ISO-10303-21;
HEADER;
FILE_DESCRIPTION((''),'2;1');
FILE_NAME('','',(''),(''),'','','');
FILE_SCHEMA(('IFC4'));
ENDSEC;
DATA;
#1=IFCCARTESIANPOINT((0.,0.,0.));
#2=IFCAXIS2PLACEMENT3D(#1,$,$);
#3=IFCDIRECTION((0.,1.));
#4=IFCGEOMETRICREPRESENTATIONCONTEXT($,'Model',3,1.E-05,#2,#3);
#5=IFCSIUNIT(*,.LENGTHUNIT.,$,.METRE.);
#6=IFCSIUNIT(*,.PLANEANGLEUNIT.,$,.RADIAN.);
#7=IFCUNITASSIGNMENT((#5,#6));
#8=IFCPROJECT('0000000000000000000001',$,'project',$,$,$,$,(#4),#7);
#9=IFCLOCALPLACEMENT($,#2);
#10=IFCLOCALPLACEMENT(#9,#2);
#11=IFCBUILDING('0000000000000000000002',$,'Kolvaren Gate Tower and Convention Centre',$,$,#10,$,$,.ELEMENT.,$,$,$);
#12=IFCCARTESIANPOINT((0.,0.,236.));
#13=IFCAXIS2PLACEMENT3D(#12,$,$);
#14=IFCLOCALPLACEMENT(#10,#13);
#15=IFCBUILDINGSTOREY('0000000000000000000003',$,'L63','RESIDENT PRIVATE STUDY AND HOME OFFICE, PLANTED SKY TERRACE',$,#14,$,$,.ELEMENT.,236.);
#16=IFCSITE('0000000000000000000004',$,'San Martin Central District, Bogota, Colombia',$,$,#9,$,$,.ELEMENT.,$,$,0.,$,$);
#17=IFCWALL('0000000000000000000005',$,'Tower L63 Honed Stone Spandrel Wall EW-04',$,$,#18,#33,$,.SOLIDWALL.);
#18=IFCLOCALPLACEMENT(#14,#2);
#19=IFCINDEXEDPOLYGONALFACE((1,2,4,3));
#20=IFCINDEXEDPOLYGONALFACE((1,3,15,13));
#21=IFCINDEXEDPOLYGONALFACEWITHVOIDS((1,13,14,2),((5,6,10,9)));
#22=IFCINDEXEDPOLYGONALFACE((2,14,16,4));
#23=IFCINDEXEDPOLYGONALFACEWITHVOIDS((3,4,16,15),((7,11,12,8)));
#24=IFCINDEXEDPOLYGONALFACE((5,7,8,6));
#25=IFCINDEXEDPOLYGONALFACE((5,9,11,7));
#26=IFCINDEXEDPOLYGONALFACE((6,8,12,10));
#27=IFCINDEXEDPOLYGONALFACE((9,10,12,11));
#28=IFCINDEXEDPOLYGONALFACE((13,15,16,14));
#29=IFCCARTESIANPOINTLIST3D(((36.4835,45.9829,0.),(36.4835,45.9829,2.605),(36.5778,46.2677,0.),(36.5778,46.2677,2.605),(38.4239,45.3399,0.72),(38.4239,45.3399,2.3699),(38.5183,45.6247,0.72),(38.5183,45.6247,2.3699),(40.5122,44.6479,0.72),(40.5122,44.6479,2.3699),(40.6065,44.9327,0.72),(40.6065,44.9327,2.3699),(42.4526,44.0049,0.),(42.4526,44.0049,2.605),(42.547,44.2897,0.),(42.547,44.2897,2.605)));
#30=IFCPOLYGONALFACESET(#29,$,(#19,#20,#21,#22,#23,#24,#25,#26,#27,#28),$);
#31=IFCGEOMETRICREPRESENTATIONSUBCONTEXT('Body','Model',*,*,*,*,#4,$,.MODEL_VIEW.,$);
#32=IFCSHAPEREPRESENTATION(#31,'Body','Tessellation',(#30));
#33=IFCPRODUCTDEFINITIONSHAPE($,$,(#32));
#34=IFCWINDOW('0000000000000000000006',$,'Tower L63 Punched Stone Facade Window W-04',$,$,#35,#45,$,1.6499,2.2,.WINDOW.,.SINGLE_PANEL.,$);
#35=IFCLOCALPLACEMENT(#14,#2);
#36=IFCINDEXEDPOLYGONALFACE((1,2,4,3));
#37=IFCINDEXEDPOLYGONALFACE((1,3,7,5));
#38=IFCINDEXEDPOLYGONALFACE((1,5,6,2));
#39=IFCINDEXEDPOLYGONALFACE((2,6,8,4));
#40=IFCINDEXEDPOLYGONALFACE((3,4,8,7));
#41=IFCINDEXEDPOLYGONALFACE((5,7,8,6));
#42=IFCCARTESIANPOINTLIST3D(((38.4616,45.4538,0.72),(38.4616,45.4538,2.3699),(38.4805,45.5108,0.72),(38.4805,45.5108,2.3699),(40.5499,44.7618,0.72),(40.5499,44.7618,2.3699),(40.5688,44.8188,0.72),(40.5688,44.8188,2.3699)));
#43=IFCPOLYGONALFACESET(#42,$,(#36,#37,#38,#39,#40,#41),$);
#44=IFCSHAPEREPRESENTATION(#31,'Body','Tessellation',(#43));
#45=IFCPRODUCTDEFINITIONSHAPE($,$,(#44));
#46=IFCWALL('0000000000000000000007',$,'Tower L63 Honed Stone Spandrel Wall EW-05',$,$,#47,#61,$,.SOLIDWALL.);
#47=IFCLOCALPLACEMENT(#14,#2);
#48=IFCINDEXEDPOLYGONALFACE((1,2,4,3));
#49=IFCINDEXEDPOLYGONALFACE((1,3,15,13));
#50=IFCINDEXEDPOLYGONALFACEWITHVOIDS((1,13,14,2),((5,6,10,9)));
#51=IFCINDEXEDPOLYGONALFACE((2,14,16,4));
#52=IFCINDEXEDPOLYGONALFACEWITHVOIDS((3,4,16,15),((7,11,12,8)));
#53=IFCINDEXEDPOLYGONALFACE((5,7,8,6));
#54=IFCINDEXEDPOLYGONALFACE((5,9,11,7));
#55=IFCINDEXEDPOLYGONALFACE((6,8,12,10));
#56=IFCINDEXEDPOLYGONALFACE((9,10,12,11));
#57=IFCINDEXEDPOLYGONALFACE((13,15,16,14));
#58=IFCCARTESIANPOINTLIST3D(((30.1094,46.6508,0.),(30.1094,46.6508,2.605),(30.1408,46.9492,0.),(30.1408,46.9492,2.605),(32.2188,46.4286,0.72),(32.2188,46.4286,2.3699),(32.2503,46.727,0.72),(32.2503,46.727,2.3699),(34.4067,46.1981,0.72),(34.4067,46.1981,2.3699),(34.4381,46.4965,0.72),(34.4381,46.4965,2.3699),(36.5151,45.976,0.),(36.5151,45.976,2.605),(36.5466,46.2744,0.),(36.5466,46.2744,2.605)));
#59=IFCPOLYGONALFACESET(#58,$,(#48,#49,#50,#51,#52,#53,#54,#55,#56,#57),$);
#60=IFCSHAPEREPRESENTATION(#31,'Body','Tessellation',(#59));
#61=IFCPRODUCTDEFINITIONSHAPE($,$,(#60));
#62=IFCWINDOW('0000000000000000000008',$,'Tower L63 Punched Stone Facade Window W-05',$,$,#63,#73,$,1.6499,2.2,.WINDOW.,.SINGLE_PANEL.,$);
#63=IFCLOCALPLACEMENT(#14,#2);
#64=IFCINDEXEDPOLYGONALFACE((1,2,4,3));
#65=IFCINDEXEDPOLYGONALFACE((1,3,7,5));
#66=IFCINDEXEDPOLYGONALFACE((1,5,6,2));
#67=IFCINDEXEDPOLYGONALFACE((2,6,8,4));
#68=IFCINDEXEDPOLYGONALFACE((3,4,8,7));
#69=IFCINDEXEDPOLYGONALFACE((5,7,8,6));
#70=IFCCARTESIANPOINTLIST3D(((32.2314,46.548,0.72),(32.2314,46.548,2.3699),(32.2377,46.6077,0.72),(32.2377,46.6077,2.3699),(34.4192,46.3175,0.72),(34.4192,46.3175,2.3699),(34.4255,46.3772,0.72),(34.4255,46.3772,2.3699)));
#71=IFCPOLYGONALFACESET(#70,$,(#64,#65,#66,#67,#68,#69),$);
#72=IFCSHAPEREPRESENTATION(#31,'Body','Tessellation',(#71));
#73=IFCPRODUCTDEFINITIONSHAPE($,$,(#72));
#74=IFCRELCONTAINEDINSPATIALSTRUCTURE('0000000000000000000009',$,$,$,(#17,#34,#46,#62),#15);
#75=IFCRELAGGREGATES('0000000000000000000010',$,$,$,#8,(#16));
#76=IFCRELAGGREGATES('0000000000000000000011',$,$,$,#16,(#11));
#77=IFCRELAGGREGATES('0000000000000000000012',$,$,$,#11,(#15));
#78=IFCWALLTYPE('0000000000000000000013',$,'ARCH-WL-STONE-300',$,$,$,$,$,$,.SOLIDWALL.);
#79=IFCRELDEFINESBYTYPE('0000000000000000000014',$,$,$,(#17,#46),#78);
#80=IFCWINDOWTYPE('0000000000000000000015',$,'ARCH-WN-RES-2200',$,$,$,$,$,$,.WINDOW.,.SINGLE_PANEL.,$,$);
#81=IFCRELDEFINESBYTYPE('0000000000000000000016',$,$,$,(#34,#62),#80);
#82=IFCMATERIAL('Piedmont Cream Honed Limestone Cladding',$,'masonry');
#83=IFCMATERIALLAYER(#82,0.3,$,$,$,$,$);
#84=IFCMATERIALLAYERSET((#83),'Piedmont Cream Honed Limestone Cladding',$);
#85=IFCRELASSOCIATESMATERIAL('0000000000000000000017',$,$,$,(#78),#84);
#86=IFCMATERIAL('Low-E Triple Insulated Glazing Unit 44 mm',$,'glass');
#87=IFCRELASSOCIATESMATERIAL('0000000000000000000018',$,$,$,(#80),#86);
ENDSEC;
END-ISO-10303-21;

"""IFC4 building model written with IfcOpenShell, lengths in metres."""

from ifc_helpers import new_model, si_unit, direction, frame, frame_2d, origin, place, context, subcontext, project, spatial, rectangle, extrude, material, layer, layer_set, type_object, element, fill, save


model = new_model("IFC4")

# Units and contexts
model_context = context("Model", 3, precision=1e-05, world=origin(), true_north=direction((0.0, 1.0)))
body_context = subcontext(model_context, "Body", "Model", "MODEL_VIEW")
ifc_project = project(units=[si_unit("LENGTHUNIT", "METRE"), si_unit("PLANEANGLEUNIT", "RADIAN")], contexts=[model_context])

# Site, building, storey
site_placement = place(None, origin())
site = spatial("IfcSite", under=ifc_project, at=site_placement, Name="San Martin Central District, Bogota, Colombia", CompositionType="ELEMENT", RefElevation=0.0)
building_placement = place(site_placement, origin())
building = spatial("IfcBuilding", under=site, at=building_placement, Name="Kolvaren Gate Tower and Convention Centre", CompositionType="ELEMENT")
storey_placement = place(building_placement, frame((0.0, 0.0, 236.0)))
storey = spatial("IfcBuildingStorey", under=building, at=storey_placement, Name="L63", Description="RESIDENT PRIVATE STUDY AND HOME OFFICE, PLANTED SKY TERRACE", CompositionType="ELEMENT", Elevation=236.0)

# Walls, openings, windows
ifc_material_1 = material(Name="Piedmont Cream Honed Limestone Cladding", Category="masonry")
ifc_layer_1 = layer(ifc_material_1, 0.3)
ifc_layer_set_1 = layer_set([ifc_layer_1], Name="Piedmont Cream Honed Limestone Cladding")
wall_type_1 = type_object("IfcWallType", Name="ARCH-WL-STONE-300", PredefinedType="SOLIDWALL", material=ifc_layer_set_1)
wall_1_placement = place(storey_placement, frame((36.5308, 46.1252, 0.0), z_axis=(0.0, 0.0, 1.0), x_axis=(0.949241, -0.31455, 0.0)))
wall_1 = element("IfcWall", 1, at=wall_1_placement, inside=storey, type_object=wall_type_1, Name="Tower L63 Honed Stone Spandrel Wall EW-04", PredefinedType="SOLIDWALL", context=body_context, shape_type="SweptSolid", body=[
    extrude(rectangle(XDim=6.2883, YDim=0.3, at=frame_2d((3.144, 0.0))), origin(), (0.0, 0.0, 1.0), 2.605),
])
opening_1_placement = place(wall_1_placement, frame((2.0439, 0.0, 0.72)))
opening_1 = element("IfcOpeningElement", 2, at=opening_1_placement, cuts=wall_1, PredefinedType="OPENING", context=body_context, shape_type="SweptSolid", body=[
    extrude(rectangle(XDim=2.2, YDim=1.6499, at=frame_2d((1.1001, 0.825))), frame((0.0, 0.1599, 0.0), z_axis=(0.0, -1.0, 0.0), x_axis=(1.0, 0.0, 0.0)), (0.0, 0.0, 1.0), 0.3201),
])
ifc_material_2 = material(Name="Low-E Triple Insulated Glazing Unit 44 mm", Category="glass")
window_type = type_object("IfcWindowType", Name="ARCH-WN-RES-2200", PartitioningType="SINGLE_PANEL", PredefinedType="WINDOW", material=ifc_material_2)
window_1_placement = place(opening_1_placement, origin())
window_1 = element("IfcWindow", 3, at=window_1_placement, inside=storey, type_object=window_type, Name="Tower L63 Punched Stone Facade Window W-04", OverallHeight=1.6499, OverallWidth=2.2, PartitioningType="SINGLE_PANEL", PredefinedType="WINDOW", context=body_context, shape_type="SweptSolid", body=[
    extrude(rectangle(XDim=2.2, YDim=1.6499, at=frame_2d((1.1001, 0.825))), frame((0.0, 0.03, 0.0), z_axis=(0.0, -1.0, 0.0), x_axis=(1.0, 0.0, 0.0)), (0.0, 0.0, 1.0), 0.0601),
])
fill(opening_1, window_1)
wall_2_placement = place(storey_placement, frame((30.125, 46.8, 0.0), z_axis=(0.0, 0.0, 1.0), x_axis=(0.994497, -0.104764, 0.0)))
wall_2 = element("IfcWall", 4, at=wall_2_placement, inside=storey, type_object=wall_type_1, Name="Tower L63 Honed Stone Spandrel Wall EW-05", PredefinedType="SOLIDWALL", context=body_context, shape_type="SweptSolid", body=[
    extrude(rectangle(XDim=6.4412, YDim=0.3, at=frame_2d((3.2207, 0.0))), origin(), (0.0, 0.0, 1.0), 2.605),
])
opening_2_placement = place(wall_2_placement, frame((2.1211, 0.0, 0.72)))
opening_2 = element("IfcOpeningElement", 5, at=opening_2_placement, cuts=wall_2, PredefinedType="OPENING", context=body_context, shape_type="SweptSolid", body=[
    extrude(rectangle(XDim=2.2, YDim=1.6499, at=frame_2d((1.1001, 0.825))), frame((0.0, 0.1599, 0.0), z_axis=(0.0, -1.0, 0.0), x_axis=(1.0, 0.0, 0.0)), (0.0, 0.0, 1.0), 0.3201),
])
window_2_placement = place(opening_2_placement, origin())
window_2 = element("IfcWindow", 6, at=window_2_placement, inside=storey, type_object=window_type, Name="Tower L63 Punched Stone Facade Window W-05", OverallHeight=1.6499, OverallWidth=2.2, PartitioningType="SINGLE_PANEL", PredefinedType="WINDOW", context=body_context, shape_type="SweptSolid", body=[
    extrude(rectangle(XDim=2.2, YDim=1.6499, at=frame_2d((1.1001, 0.825))), frame((0.0, 0.03, 0.0), z_axis=(0.0, -1.0, 0.0), x_axis=(1.0, 0.0, 0.0)), (0.0, 0.0, 1.0), 0.0601),
])
fill(opening_2, window_2)

save(model, "model.ifc")
